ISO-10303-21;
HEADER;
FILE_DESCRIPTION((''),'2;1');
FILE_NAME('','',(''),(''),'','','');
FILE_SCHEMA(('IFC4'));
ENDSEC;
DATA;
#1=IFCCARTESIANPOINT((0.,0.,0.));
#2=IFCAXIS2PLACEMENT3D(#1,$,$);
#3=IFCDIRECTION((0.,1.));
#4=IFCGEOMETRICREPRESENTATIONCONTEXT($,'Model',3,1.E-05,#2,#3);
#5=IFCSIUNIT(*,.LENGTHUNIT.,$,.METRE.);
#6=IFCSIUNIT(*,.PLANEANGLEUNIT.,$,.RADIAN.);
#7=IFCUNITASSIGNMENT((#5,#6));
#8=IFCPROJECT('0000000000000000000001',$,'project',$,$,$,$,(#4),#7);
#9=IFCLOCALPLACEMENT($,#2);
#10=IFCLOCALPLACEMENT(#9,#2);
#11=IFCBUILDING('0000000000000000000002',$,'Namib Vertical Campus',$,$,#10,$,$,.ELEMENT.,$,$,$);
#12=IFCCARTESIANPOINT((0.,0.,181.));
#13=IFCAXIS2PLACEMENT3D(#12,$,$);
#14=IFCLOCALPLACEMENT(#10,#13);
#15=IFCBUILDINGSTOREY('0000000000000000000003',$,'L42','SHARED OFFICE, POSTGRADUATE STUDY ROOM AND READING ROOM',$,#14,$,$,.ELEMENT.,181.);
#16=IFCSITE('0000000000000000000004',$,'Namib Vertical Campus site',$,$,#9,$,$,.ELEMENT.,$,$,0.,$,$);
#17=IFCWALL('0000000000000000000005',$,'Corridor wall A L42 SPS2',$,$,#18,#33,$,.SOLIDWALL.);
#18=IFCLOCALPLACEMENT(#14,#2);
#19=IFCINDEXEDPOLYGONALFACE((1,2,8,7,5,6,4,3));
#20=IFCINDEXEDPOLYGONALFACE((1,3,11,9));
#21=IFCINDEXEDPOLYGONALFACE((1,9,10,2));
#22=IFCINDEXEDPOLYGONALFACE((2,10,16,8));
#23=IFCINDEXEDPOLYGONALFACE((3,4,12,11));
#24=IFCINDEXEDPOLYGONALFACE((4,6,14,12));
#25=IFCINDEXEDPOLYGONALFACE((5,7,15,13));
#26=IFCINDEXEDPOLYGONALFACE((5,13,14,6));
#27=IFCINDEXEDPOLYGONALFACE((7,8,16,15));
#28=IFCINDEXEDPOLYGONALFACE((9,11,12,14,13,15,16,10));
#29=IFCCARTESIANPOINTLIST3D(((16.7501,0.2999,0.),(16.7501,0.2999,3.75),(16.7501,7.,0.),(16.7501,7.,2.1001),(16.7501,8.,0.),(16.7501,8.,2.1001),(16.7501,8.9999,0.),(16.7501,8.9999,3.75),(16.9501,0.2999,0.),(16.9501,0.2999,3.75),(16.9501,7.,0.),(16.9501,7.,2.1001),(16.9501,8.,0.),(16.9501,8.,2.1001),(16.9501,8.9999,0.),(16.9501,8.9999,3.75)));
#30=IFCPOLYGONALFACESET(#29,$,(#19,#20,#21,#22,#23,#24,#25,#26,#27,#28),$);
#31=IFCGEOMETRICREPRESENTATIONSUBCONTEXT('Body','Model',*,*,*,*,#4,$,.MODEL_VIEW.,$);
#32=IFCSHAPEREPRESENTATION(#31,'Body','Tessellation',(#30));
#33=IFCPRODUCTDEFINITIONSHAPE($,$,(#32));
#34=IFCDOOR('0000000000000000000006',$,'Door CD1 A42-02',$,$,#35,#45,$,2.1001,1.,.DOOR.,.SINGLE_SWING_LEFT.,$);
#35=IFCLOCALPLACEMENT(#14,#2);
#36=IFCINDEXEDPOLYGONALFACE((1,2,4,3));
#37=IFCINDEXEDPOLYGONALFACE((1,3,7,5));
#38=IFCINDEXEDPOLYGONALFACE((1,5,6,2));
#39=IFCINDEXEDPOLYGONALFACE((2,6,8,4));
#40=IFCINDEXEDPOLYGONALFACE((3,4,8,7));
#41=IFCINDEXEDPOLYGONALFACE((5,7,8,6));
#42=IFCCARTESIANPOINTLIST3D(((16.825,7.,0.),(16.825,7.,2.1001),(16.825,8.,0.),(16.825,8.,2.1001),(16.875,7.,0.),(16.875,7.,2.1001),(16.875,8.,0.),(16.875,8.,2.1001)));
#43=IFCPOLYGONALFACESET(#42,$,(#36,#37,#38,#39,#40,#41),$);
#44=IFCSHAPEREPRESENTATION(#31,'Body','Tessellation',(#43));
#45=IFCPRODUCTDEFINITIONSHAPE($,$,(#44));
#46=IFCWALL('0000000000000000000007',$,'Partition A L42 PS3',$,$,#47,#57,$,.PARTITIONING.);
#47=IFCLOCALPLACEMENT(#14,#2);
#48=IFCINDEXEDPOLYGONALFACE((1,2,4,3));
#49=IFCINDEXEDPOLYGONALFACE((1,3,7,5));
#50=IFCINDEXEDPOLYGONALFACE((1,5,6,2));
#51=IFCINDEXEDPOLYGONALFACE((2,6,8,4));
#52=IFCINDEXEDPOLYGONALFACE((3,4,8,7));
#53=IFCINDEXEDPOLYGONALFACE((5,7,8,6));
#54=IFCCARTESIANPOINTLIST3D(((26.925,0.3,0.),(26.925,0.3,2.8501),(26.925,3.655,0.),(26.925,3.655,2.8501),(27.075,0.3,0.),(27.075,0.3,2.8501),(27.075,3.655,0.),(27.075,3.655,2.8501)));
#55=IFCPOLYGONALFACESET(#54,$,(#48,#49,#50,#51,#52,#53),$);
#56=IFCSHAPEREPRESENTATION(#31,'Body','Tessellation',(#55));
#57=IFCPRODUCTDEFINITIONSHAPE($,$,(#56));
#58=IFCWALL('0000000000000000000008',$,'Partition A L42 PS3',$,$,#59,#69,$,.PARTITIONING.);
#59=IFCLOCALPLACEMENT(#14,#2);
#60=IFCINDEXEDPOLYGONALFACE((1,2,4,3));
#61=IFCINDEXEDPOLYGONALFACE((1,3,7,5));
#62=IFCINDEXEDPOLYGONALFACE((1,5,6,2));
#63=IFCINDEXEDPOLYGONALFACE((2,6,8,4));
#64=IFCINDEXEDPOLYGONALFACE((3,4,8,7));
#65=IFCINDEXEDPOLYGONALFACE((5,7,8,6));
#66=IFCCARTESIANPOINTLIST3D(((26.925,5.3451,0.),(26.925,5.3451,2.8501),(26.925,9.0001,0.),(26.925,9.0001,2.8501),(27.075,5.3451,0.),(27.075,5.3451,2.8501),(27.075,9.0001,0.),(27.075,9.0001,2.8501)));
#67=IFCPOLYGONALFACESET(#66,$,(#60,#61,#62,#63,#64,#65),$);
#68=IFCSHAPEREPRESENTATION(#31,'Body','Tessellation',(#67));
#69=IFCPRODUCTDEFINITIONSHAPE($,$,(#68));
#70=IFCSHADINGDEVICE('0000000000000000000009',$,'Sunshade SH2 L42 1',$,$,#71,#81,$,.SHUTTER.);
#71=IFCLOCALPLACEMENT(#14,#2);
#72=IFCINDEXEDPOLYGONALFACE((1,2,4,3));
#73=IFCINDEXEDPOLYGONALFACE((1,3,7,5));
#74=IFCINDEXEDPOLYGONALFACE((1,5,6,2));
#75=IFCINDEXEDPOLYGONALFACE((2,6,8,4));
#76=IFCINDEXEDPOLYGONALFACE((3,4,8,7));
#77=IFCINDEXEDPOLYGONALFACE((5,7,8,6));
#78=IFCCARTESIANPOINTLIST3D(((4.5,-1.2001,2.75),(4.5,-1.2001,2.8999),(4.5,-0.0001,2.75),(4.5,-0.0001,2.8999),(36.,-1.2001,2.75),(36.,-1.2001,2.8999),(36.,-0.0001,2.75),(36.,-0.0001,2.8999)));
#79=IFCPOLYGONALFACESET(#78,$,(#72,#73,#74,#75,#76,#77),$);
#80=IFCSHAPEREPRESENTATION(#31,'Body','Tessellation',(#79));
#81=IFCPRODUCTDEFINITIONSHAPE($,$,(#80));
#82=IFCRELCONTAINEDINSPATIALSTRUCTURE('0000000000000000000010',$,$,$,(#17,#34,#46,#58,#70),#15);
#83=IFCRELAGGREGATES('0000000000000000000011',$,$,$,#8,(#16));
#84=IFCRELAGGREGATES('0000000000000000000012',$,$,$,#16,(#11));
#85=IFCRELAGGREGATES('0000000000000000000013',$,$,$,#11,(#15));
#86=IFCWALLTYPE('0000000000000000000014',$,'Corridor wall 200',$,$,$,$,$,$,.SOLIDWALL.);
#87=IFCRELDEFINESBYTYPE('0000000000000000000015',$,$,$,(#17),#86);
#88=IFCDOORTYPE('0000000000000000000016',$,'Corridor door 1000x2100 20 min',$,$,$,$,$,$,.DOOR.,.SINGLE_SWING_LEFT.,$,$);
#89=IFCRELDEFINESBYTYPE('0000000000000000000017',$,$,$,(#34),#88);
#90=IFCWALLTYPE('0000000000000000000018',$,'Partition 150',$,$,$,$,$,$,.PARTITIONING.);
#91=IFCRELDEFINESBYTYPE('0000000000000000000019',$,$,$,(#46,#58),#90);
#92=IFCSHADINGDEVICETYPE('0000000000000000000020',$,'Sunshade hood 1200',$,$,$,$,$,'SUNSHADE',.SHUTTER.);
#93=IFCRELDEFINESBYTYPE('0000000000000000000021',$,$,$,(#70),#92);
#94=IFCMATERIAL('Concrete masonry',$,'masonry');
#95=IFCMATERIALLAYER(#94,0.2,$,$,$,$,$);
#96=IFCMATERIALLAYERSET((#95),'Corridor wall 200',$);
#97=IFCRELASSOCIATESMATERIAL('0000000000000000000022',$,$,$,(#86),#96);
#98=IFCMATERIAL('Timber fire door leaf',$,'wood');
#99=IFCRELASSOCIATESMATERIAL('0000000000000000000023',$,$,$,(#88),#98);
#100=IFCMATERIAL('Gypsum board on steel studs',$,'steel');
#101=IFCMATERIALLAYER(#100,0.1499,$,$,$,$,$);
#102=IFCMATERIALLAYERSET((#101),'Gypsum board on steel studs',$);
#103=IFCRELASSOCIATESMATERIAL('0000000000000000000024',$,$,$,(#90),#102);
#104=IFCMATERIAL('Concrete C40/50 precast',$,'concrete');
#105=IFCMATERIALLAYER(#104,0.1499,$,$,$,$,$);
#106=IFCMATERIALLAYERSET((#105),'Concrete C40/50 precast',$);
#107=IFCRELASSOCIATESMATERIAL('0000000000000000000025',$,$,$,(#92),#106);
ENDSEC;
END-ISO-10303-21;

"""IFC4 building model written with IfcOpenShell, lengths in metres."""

from ifc_helpers import new_model, si_unit, direction, frame, frame_2d, origin, origin_2d, place, context, subcontext, project, spatial, rectangle, extrude, material, layer, layer_set, type_object, element, fill, save


model = new_model("IFC4")

# Units and contexts
model_context = context("Model", 3, precision=1e-05, world=origin(), true_north=direction((0.0, 1.0)))
body_context = subcontext(model_context, "Body", "Model", "MODEL_VIEW")
ifc_project = project(units=[si_unit("LENGTHUNIT", "METRE"), si_unit("PLANEANGLEUNIT", "RADIAN")], contexts=[model_context])

# Site, building, storey
site_placement = place(None, origin())
site = spatial("IfcSite", under=ifc_project, at=site_placement, Name="Namib Vertical Campus site", CompositionType="ELEMENT", RefElevation=0.0)
building_placement = place(site_placement, origin())
building = spatial("IfcBuilding", under=site, at=building_placement, Name="Namib Vertical Campus", CompositionType="ELEMENT")
storey_placement = place(building_placement, frame((0.0, 0.0, 181.0)))
storey = spatial("IfcBuildingStorey", under=building, at=storey_placement, Name="L42", Description="SHARED OFFICE, POSTGRADUATE STUDY ROOM AND READING ROOM", CompositionType="ELEMENT", Elevation=181.0)

# Shared definitions
ifc_material_1 = material(Name="Concrete masonry", Category="masonry")
ifc_layer_1 = layer(ifc_material_1, 0.2)
ifc_layer_set_1 = layer_set([ifc_layer_1], Name="Corridor wall 200")
wall_type_1 = type_object("IfcWallType", Name="Corridor wall 200", PredefinedType="SOLIDWALL", material=ifc_layer_set_1)
ifc_material_2 = material(Name="Timber fire door leaf", Category="wood")
door_type = type_object("IfcDoorType", Name="Corridor door 1000x2100 20 min", OperationType="SINGLE_SWING_LEFT", PredefinedType="DOOR", material=ifc_material_2)

# Wall, opening, door
wall_1_placement = place(storey_placement, frame((16.8501, 9.0, 0.0), z_axis=(0.0, 0.0, 1.0), x_axis=(0.0, -1.0, 0.0)))
wall_1 = element("IfcWall", 1, at=wall_1_placement, inside=storey, type_object=wall_type_1, Name="Corridor wall A L42 SPS2", PredefinedType="SOLIDWALL", context=body_context, shape_type="SweptSolid", body=[
    extrude(rectangle(XDim=8.7, YDim=0.2, at=frame_2d((4.3501, 0.0))), origin(), (0.0, 0.0, 1.0), 3.75),
])
opening_1_placement = place(wall_1_placement, frame((1.0, 0.0, 0.0)))
opening_1 = element("IfcOpeningElement", 2, at=opening_1_placement, cuts=wall_1, PredefinedType="OPENING", context=body_context, shape_type="SweptSolid", body=[
    extrude(rectangle(XDim=1.0, YDim=2.1001, at=frame_2d((0.5, 1.05))), frame((0.0, 0.1099, 0.0), z_axis=(0.0, -1.0, 0.0), x_axis=(1.0, 0.0, 0.0)), (0.0, 0.0, 1.0), 0.22),
])
door_1_placement = place(opening_1_placement, origin())
door_1 = element("IfcDoor", 3, at=door_1_placement, inside=storey, type_object=door_type, Name="Door CD1 A42-02", OperationType="SINGLE_SWING_LEFT", OverallHeight=2.1001, OverallWidth=1.0, PredefinedType="DOOR", context=body_context, shape_type="SweptSolid", body=[
    extrude(rectangle(XDim=1.0, YDim=2.1001, at=frame_2d((0.5, 1.05))), frame((0.0, 0.0249, 0.0), z_axis=(0.0, -1.0, 0.0), x_axis=(1.0, 0.0, 0.0)), (0.0, 0.0, 1.0), 0.05),
])
fill(opening_1, door_1)

# Walls
ifc_material_3 = material(Name="Gypsum board on steel studs", Category="steel")
ifc_layer_2 = layer(ifc_material_3, 0.1499)
ifc_layer_set_2 = layer_set([ifc_layer_2], Name="Gypsum board on steel studs")
wall_type_2 = type_object("IfcWallType", Name="Partition 150", PredefinedType="PARTITIONING", material=ifc_layer_set_2)
wall_2_placement = place(storey_placement, frame((27.0, 0.3, 0.0), z_axis=(0.0, 0.0, 1.0), x_axis=(0.0, 1.0, 0.0)))
element("IfcWall", 4, at=wall_2_placement, inside=storey, type_object=wall_type_2, Name="Partition A L42 PS3", PredefinedType="PARTITIONING", context=body_context, shape_type="SweptSolid", body=[
    extrude(rectangle(XDim=3.355, YDim=0.1499, at=frame_2d((1.6775, 0.0))), origin(), (0.0, 0.0, 1.0), 2.8501),
])
wall_3_placement = place(storey_placement, frame((27.0, 5.345, 0.0), z_axis=(0.0, 0.0, 1.0), x_axis=(0.0, 1.0, 0.0)))
element("IfcWall", 5, at=wall_3_placement, inside=storey, type_object=wall_type_2, Name="Partition A L42 PS3", PredefinedType="PARTITIONING", context=body_context, shape_type="SweptSolid", body=[
    extrude(rectangle(XDim=3.655, YDim=0.1499, at=frame_2d((1.8276, 0.0))), origin(), (0.0, 0.0, 1.0), 2.8501),
])

# Shading device
ifc_material_4 = material(Name="Concrete C40/50 precast", Category="concrete")
ifc_layer_3 = layer(ifc_material_4, 0.1499)
ifc_layer_set_3 = layer_set([ifc_layer_3], Name="Concrete C40/50 precast")
shading_device_type = type_object("IfcShadingDeviceType", Name="Sunshade hood 1200", ElementType="SUNSHADE", PredefinedType="SHUTTER", material=ifc_layer_set_3)
shading_device_placement = place(storey_placement, frame((20.25, -0.6001, 2.75), z_axis=(0.0, 0.0, 1.0), x_axis=(1.0, 0.0, 0.0)))
element("IfcShadingDevice", 6, at=shading_device_placement, inside=storey, type_object=shading_device_type, Name="Sunshade SH2 L42 1", PredefinedType="SHUTTER", context=body_context, shape_type="SweptSolid", body=[
    extrude(rectangle(XDim=31.5, YDim=1.2, at=origin_2d()), origin(), (0.0, 0.0, 1.0), 0.1499),
])

save(model, "model.ifc")
